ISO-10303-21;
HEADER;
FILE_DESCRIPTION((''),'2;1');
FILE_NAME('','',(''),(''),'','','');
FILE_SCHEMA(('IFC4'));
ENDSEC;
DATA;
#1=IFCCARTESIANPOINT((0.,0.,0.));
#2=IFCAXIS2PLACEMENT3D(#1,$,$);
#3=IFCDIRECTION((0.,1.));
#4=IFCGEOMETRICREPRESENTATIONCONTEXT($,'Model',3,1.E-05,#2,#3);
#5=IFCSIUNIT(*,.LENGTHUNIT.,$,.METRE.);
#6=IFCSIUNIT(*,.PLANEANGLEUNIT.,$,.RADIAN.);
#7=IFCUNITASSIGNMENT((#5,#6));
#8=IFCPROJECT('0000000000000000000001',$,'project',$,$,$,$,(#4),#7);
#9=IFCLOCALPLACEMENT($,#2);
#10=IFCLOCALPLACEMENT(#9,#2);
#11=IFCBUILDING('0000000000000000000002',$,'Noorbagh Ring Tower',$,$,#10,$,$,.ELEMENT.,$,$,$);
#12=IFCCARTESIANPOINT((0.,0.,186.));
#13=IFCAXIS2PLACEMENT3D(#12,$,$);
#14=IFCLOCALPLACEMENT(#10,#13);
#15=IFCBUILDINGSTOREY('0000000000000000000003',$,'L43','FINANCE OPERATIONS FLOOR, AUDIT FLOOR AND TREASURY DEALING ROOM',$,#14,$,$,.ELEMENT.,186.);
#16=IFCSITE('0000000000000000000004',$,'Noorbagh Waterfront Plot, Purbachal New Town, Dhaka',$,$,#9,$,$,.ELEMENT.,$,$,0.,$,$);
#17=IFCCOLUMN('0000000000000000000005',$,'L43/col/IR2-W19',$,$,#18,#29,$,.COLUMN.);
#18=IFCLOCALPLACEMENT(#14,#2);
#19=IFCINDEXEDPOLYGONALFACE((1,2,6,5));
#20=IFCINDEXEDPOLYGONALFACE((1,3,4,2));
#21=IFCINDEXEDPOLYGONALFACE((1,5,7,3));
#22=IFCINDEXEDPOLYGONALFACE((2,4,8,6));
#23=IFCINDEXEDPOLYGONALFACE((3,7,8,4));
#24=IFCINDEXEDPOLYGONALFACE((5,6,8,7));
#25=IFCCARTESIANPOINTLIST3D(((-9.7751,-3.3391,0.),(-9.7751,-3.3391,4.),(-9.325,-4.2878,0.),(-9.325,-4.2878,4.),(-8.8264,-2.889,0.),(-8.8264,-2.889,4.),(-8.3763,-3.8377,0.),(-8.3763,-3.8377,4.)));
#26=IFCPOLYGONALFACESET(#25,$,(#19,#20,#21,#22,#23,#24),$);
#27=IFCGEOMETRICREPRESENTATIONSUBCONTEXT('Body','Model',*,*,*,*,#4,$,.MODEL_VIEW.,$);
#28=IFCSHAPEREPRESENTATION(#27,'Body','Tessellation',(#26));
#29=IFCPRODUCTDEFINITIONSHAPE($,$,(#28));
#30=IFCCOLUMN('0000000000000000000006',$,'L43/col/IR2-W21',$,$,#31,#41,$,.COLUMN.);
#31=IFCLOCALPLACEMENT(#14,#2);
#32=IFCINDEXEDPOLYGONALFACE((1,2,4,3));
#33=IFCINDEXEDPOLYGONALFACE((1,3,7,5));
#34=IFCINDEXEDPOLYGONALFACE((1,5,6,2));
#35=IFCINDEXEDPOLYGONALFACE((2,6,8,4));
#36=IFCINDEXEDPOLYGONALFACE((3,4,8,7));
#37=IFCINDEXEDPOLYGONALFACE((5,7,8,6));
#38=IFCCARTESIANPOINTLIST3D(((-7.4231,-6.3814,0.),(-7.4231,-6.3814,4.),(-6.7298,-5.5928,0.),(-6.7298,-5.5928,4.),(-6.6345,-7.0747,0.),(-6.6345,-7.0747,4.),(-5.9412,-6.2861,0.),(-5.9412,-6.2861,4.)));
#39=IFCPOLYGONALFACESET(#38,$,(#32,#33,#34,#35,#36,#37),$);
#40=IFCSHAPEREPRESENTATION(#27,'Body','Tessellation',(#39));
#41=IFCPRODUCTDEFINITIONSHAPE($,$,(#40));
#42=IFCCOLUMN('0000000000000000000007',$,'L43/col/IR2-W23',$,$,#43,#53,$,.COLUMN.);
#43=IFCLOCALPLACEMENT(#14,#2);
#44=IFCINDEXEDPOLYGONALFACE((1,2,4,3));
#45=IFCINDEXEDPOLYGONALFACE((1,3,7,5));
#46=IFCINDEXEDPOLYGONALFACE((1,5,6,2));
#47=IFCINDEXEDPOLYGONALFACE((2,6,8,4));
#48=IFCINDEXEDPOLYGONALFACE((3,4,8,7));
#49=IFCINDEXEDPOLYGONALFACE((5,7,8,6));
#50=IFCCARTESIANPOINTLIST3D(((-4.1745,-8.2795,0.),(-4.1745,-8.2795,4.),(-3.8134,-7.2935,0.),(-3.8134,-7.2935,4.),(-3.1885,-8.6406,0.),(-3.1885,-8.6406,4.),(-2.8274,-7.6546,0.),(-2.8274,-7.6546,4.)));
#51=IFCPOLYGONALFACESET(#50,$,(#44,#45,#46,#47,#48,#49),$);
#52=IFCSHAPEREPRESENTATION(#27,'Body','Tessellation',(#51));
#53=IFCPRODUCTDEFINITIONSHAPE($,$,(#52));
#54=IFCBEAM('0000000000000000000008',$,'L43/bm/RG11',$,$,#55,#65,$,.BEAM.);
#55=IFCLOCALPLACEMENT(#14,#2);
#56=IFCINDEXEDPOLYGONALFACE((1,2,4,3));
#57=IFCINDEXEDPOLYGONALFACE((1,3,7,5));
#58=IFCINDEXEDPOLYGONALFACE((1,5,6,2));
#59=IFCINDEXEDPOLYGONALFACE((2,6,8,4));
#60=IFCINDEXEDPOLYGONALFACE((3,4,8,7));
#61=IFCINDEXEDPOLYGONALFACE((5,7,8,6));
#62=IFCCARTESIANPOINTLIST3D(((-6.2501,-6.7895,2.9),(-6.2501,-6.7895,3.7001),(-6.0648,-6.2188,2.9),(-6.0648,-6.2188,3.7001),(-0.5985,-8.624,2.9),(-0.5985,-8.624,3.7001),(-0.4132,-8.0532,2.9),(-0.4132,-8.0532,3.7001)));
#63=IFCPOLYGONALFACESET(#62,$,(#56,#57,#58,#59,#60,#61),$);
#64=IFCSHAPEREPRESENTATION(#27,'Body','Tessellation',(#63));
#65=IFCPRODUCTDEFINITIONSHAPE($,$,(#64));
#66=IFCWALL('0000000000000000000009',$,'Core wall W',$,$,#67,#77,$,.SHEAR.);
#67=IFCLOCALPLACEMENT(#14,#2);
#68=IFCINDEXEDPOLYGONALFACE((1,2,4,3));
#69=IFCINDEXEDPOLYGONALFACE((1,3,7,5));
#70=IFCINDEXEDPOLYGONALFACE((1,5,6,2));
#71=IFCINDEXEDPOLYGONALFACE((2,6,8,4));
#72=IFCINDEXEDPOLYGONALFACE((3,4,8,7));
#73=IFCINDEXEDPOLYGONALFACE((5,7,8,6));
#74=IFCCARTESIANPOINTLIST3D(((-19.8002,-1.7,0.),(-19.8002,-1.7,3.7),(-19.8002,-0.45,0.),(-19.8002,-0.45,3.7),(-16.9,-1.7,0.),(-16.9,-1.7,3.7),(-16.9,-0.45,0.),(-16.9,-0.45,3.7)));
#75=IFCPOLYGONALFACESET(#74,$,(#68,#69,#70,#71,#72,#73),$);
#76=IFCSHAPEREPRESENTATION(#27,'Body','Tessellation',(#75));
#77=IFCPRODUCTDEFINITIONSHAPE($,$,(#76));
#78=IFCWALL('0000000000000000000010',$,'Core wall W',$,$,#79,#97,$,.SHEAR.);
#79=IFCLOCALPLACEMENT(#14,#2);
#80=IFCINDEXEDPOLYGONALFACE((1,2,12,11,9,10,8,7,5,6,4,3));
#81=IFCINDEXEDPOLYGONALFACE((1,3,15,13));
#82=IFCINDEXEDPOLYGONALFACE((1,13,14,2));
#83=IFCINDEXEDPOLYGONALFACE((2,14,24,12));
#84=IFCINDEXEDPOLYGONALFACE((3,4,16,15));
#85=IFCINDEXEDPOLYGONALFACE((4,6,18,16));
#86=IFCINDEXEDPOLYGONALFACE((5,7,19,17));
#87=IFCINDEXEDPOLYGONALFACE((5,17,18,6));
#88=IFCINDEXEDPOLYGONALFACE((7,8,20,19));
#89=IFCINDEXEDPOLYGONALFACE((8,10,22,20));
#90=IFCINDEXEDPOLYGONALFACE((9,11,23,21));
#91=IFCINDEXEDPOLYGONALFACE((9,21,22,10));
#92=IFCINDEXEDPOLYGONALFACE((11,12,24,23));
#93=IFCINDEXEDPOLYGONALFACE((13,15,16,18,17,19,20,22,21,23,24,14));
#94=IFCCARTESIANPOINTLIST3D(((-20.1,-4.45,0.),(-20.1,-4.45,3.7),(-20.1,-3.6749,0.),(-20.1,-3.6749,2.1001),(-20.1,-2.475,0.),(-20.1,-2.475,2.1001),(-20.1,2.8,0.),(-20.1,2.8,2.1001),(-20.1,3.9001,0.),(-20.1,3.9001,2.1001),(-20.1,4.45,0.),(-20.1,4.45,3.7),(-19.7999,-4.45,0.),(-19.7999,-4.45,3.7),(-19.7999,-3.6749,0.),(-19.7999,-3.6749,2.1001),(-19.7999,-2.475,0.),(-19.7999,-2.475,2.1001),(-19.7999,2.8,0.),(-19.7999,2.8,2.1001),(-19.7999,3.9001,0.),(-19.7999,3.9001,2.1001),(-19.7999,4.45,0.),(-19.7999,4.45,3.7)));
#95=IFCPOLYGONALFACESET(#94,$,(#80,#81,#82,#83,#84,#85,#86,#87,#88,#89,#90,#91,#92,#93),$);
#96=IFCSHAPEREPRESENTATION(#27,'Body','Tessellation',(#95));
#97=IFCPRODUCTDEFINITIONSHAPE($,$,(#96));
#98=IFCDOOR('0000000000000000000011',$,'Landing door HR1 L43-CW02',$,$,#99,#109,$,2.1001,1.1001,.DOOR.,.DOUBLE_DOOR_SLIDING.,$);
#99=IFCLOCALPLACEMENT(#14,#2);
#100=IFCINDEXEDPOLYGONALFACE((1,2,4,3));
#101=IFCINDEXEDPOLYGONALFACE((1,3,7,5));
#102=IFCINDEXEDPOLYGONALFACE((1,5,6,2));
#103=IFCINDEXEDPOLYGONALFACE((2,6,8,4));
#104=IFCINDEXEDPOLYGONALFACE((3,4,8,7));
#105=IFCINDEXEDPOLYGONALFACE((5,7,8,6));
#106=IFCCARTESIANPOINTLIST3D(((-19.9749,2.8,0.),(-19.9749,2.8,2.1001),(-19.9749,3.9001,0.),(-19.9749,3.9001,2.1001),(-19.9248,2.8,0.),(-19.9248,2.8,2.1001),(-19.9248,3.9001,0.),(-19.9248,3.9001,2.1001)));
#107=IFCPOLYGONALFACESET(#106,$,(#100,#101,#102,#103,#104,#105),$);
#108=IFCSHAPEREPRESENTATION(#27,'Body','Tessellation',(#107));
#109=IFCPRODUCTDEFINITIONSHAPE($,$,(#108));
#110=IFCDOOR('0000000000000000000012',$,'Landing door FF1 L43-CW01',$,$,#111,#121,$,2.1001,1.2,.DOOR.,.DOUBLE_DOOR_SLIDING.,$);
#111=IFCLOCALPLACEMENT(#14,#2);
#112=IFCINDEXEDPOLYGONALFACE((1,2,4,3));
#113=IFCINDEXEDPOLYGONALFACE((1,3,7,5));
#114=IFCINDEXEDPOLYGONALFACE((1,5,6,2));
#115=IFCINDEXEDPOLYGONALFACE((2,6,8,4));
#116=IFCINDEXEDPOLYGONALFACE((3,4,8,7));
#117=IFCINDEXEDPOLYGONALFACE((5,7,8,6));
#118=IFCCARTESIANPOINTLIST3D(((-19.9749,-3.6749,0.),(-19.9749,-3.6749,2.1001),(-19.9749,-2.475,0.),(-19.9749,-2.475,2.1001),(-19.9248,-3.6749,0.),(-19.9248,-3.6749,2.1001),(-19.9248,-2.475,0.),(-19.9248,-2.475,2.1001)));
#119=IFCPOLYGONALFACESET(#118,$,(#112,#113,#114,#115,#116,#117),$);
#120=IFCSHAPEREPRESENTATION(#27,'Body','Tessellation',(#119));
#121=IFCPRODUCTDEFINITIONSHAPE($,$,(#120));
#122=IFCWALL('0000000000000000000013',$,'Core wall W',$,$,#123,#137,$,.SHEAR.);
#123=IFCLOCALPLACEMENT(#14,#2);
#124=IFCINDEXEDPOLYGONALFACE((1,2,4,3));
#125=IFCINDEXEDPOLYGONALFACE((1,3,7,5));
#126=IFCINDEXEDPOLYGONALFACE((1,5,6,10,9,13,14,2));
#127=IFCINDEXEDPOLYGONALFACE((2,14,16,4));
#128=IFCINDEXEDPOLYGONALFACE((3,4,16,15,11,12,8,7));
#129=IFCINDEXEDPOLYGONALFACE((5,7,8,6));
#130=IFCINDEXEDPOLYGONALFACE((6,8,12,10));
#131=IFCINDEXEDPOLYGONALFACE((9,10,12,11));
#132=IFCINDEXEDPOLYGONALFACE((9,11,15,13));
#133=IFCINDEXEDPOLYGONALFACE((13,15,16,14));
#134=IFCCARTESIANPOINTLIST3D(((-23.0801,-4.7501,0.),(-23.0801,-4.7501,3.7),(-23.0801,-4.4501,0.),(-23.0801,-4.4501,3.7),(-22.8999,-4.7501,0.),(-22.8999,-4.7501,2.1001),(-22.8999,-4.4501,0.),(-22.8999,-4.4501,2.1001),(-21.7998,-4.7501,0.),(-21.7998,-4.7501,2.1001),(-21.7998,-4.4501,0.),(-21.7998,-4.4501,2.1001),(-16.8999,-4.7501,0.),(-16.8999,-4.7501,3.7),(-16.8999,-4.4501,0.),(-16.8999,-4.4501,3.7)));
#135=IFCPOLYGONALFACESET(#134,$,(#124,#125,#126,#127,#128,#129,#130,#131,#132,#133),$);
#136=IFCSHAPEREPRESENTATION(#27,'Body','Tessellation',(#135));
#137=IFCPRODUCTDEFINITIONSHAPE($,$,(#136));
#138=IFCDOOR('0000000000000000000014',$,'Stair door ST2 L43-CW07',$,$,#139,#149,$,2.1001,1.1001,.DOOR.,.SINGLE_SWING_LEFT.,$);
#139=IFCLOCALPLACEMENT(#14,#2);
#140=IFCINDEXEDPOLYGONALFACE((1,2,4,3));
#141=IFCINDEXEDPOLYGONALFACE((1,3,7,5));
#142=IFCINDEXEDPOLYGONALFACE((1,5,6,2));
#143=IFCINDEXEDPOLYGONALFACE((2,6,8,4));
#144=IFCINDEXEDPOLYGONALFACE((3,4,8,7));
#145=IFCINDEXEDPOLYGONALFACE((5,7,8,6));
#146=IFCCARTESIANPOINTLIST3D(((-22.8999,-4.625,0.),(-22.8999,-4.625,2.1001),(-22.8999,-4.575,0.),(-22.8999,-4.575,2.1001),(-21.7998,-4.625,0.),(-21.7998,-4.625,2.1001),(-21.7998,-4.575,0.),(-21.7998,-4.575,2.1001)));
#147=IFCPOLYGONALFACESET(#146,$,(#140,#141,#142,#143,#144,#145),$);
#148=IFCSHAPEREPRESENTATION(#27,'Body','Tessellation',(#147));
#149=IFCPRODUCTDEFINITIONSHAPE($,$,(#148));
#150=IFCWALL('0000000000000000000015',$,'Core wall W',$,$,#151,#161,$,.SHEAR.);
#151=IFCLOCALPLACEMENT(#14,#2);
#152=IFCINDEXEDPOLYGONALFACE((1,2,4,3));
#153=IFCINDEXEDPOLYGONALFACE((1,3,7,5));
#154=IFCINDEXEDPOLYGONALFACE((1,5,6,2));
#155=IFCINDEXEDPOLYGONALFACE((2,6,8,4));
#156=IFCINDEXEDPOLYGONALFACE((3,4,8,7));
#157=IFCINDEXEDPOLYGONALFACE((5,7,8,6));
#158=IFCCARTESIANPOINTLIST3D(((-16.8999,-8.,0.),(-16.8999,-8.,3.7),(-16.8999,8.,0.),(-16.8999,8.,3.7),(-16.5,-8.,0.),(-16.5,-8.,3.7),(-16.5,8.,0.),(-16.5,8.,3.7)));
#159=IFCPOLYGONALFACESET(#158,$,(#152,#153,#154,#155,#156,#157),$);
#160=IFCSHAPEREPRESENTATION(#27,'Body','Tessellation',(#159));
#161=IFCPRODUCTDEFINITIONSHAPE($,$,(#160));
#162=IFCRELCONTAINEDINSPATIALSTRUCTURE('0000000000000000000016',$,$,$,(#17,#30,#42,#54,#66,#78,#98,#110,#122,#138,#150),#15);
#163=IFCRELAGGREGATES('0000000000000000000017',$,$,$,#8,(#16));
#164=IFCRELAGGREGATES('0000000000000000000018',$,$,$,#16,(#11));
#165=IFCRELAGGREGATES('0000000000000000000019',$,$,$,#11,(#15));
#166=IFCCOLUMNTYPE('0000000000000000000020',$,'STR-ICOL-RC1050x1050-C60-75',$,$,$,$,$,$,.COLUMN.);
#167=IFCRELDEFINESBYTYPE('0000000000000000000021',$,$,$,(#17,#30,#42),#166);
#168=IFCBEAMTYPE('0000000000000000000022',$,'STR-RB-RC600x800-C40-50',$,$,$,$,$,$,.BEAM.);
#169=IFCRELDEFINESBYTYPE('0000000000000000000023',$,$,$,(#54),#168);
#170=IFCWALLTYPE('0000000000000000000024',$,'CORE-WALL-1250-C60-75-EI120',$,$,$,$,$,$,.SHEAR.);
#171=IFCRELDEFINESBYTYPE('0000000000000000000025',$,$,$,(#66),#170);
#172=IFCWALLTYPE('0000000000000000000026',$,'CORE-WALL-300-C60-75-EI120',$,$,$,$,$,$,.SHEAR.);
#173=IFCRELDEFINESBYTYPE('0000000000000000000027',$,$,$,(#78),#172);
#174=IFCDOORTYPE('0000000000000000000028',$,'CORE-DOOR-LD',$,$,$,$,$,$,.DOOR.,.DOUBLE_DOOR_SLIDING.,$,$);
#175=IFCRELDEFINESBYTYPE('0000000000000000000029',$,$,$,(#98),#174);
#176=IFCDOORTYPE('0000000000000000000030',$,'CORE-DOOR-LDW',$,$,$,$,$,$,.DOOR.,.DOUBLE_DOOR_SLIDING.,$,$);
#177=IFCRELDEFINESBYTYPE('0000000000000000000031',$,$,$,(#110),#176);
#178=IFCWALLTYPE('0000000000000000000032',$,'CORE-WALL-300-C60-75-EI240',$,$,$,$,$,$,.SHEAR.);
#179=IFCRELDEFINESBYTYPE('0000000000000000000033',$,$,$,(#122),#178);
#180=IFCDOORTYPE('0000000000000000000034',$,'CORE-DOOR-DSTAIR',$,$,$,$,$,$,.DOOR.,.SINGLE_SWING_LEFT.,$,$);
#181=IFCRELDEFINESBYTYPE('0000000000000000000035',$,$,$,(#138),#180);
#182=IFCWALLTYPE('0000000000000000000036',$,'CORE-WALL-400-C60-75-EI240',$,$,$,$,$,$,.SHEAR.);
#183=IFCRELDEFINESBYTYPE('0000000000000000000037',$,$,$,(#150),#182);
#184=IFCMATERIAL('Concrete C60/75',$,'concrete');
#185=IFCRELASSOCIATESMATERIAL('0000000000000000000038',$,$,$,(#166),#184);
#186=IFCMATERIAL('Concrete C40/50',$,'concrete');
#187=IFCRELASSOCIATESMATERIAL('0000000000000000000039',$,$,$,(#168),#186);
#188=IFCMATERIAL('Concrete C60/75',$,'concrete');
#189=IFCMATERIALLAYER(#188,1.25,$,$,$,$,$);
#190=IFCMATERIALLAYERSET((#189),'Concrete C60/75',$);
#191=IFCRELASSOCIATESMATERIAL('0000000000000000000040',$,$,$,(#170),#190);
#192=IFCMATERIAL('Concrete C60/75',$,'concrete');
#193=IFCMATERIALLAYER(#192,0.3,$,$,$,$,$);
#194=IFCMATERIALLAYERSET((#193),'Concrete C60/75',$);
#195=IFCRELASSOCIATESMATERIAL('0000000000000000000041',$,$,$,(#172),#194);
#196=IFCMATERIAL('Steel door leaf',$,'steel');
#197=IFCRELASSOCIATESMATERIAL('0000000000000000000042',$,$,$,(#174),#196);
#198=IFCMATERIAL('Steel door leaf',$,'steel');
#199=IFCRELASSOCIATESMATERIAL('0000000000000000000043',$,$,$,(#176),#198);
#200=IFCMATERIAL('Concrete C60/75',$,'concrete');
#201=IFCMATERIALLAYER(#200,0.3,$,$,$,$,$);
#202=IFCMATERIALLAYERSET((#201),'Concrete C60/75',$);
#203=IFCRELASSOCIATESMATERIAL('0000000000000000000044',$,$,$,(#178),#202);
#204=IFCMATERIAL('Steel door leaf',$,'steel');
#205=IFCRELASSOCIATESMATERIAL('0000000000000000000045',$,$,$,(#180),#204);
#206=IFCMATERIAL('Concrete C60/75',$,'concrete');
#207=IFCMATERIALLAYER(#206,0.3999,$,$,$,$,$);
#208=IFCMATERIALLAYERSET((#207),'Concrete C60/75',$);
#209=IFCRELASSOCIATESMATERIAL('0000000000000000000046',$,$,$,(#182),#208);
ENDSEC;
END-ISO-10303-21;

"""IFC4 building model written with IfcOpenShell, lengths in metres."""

from ifc_helpers import new_model, si_unit, direction, frame, frame_2d, origin, origin_2d, place, context, subcontext, project, spatial, rectangle, extrude, material, layer, layer_set, material_profile, profile_set, type_object, element, fill, save


model = new_model("IFC4")

# Units and contexts
model_context = context("Model", 3, precision=1e-05, world=origin(), true_north=direction((0.0, 1.0)))
body_context = subcontext(model_context, "Body", "Model", "MODEL_VIEW")
ifc_project = project(units=[si_unit("LENGTHUNIT", "METRE"), si_unit("PLANEANGLEUNIT", "RADIAN")], contexts=[model_context])

# Site, building, storey
site_placement = place(None, origin())
site = spatial("IfcSite", under=ifc_project, at=site_placement, Name="Noorbagh Waterfront Plot, Purbachal New Town, Dhaka", CompositionType="ELEMENT", RefElevation=0.0)
building_placement = place(site_placement, origin())
building = spatial("IfcBuilding", under=site, at=building_placement, Name="Noorbagh Ring Tower", CompositionType="ELEMENT")
storey_placement = place(building_placement, frame((0.0, 0.0, 186.0)))
storey = spatial("IfcBuildingStorey", under=building, at=storey_placement, Name="L43", Description="FINANCE OPERATIONS FLOOR, AUDIT FLOOR AND TREASURY DEALING ROOM", CompositionType="ELEMENT", Elevation=186.0)

# Columns
ifc_material_1 = material(Name="Concrete C60/75", Category="concrete")
ifc_material_profile_1 = material_profile(ifc_material_1, rectangle(XDim=1.05, YDim=1.05, at=origin_2d()), Name="RC1050x1050")
ifc_profile_set_1 = profile_set([ifc_material_profile_1], Name="Concrete C60/75")
column_type = type_object("IfcColumnType", Name="STR-ICOL-RC1050x1050-C60-75", PredefinedType="COLUMN", material=ifc_profile_set_1)
for number, where, z_axis, x_axis, name in (
    (1, (-9.0757, -3.5884, 0.0), (0.0, 0.0, 1.0), (0.428667, -0.903463, 0.0), "L43/col/IR2-W19"),
    (2, (-6.6821, -6.3337, 0.0), (0.0, 0.0, 1.0), (0.751022, -0.660277, 0.0), "L43/col/IR2-W21"),
    (3, (-3.501, -7.967, 0.0), (0.0, 0.0, 1.0), (0.93902, -0.343864, 0.0), "L43/col/IR2-W23"),
):
    element("IfcColumn", number, at=place(storey_placement, frame(where, z_axis=z_axis, x_axis=x_axis)), inside=storey, type_object=column_type, Name=name, PredefinedType="COLUMN", context=body_context, shape_type="SweptSolid", body=[
        extrude(rectangle(XDim=1.05, YDim=1.05, at=origin_2d()), origin(), (0.0, 0.0, 1.0), 4.0),
    ])

# Beam
ifc_material_2 = material(Name="Concrete C40/50", Category="concrete")
ifc_material_profile_2 = material_profile(ifc_material_2, rectangle(XDim=0.6001, YDim=0.8, at=origin_2d()), Name="RC600x800")
ifc_profile_set_2 = profile_set([ifc_material_profile_2], Name="Concrete C40/50")
beam_type = type_object("IfcBeamType", Name="STR-RB-RC600x800-C40-50", PredefinedType="BEAM", material=ifc_profile_set_2)
beam_placement = place(storey_placement, frame((-6.1575, -6.5042, 3.3), z_axis=(0.951148, -0.308736, 0.0), x_axis=(0.308736, 0.951148, 0.0)))
element("IfcBeam", 4, at=beam_placement, inside=storey, type_object=beam_type, Name="L43/bm/RG11", PredefinedType="BEAM", context=body_context, shape_type="SweptSolid", body=[
    extrude(rectangle(XDim=0.6001, YDim=0.8, at=origin_2d()), origin(), (0.0, 0.0, 1.0), 5.9419),
])

# Wall
ifc_material_3 = material(Name="Concrete C60/75", Category="concrete")
ifc_layer_1 = layer(ifc_material_3, 1.25)
ifc_layer_set_1 = layer_set([ifc_layer_1], Name="Concrete C60/75")
wall_type_1 = type_object("IfcWallType", Name="CORE-WALL-1250-C60-75-EI120", PredefinedType="SHEAR", material=ifc_layer_set_1)
wall_1_placement = place(storey_placement, frame((-16.8999, -1.075, 0.0), z_axis=(0.0, 0.0, 1.0), x_axis=(-1.0, 0.0, 0.0)))
element("IfcWall", 5, at=wall_1_placement, inside=storey, type_object=wall_type_1, Name="Core wall W", PredefinedType="SHEAR", context=body_context, shape_type="SweptSolid", body=[
    extrude(rectangle(XDim=2.9001, YDim=1.25, at=frame_2d((1.4502, 0.0))), origin(), (0.0, 0.0, 1.0), 3.7),
])

# Wall, openings, doors
ifc_material_4 = material(Name="Concrete C60/75", Category="concrete")
ifc_layer_2 = layer(ifc_material_4, 0.3)
ifc_layer_set_2 = layer_set([ifc_layer_2], Name="Concrete C60/75")
wall_type_2 = type_object("IfcWallType", Name="CORE-WALL-300-C60-75-EI120", PredefinedType="SHEAR", material=ifc_layer_set_2)
wall_2_placement = place(storey_placement, frame((-19.95, -4.45, 0.0), z_axis=(0.0, 0.0, 1.0), x_axis=(0.0, 1.0, 0.0)))
wall_2 = element("IfcWall", 6, at=wall_2_placement, inside=storey, type_object=wall_type_2, Name="Core wall W", PredefinedType="SHEAR", context=body_context, shape_type="SweptSolid", body=[
    extrude(rectangle(XDim=8.8999, YDim=0.3, at=frame_2d((4.45, 0.0))), origin(), (0.0, 0.0, 1.0), 3.7),
])
opening_1_placement = place(wall_2_placement, frame((0.7749, 0.0, 0.0)))
opening_1 = element("IfcOpeningElement", 7, at=opening_1_placement, cuts=wall_2, PredefinedType="OPENING", context=body_context, shape_type="SweptSolid", body=[
    extrude(rectangle(XDim=1.2, YDim=2.1001, at=frame_2d((0.6001, 1.05))), frame((0.0, 0.1602, 0.0), z_axis=(0.0, -1.0, 0.0), x_axis=(1.0, 0.0, 0.0)), (0.0, 0.0, 1.0), 0.3201),
])
opening_2_placement = place(wall_2_placement, frame((7.25, 0.0, 0.0)))
opening_2 = element("IfcOpeningElement", 8, at=opening_2_placement, cuts=wall_2, PredefinedType="OPENING", context=body_context, shape_type="SweptSolid", body=[
    extrude(rectangle(XDim=1.1001, YDim=2.1001, at=frame_2d((0.55, 1.05))), frame((0.0, 0.1602, 0.0), z_axis=(0.0, -1.0, 0.0), x_axis=(1.0, 0.0, 0.0)), (0.0, 0.0, 1.0), 0.3201),
])
ifc_material_5 = material(Name="Steel door leaf", Category="steel")
door_type_1 = type_object("IfcDoorType", Name="CORE-DOOR-LD", OperationType="DOUBLE_DOOR_SLIDING", PredefinedType="DOOR", material=ifc_material_5)
door_1_placement = place(opening_2_placement, origin())
door_1 = element("IfcDoor", 9, at=door_1_placement, inside=storey, type_object=door_type_1, Name="Landing door HR1 L43-CW02", OperationType="DOUBLE_DOOR_SLIDING", OverallHeight=2.1001, OverallWidth=1.1001, PredefinedType="DOOR", context=body_context, shape_type="SweptSolid", body=[
    extrude(rectangle(XDim=1.1001, YDim=2.1001, at=frame_2d((0.55, 1.05))), frame((0.0, 0.0249, 0.0), z_axis=(0.0, -1.0, 0.0), x_axis=(1.0, 0.0, 0.0)), (0.0, 0.0, 1.0), 0.05),
])
fill(opening_2, door_1)
ifc_material_6 = material(Name="Steel door leaf", Category="steel")
door_type_2 = type_object("IfcDoorType", Name="CORE-DOOR-LDW", OperationType="DOUBLE_DOOR_SLIDING", PredefinedType="DOOR", material=ifc_material_6)
door_2_placement = place(opening_1_placement, origin())
door_2 = element("IfcDoor", 10, at=door_2_placement, inside=storey, type_object=door_type_2, Name="Landing door FF1 L43-CW01", OperationType="DOUBLE_DOOR_SLIDING", OverallHeight=2.1001, OverallWidth=1.2, PredefinedType="DOOR", context=body_context, shape_type="SweptSolid", body=[
    extrude(rectangle(XDim=1.2, YDim=2.1001, at=frame_2d((0.6001, 1.05))), frame((0.0, 0.0249, 0.0), z_axis=(0.0, -1.0, 0.0), x_axis=(1.0, 0.0, 0.0)), (0.0, 0.0, 1.0), 0.05),
])
fill(opening_1, door_2)

# Wall, opening, door
ifc_material_7 = material(Name="Concrete C60/75", Category="concrete")
ifc_layer_3 = layer(ifc_material_7, 0.3)
ifc_layer_set_3 = layer_set([ifc_layer_3], Name="Concrete C60/75")
wall_type_3 = type_object("IfcWallType", Name="CORE-WALL-300-C60-75-EI240", PredefinedType="SHEAR", material=ifc_layer_set_3)
wall_3_placement = place(storey_placement, frame((-16.8999, -4.6001, 0.0), z_axis=(0.0, 0.0, 1.0), x_axis=(-1.0, 0.0, 0.0)))
wall_3 = element("IfcWall", 11, at=wall_3_placement, inside=storey, type_object=wall_type_3, Name="Core wall W", PredefinedType="SHEAR", context=body_context, shape_type="SweptSolid", body=[
    extrude(rectangle(XDim=6.1802, YDim=0.3, at=frame_2d((3.0901, 0.0))), origin(), (0.0, 0.0, 1.0), 3.7),
])
opening_3_placement = place(wall_3_placement, frame((4.8999, 0.0, 0.0)))
opening_3 = element("IfcOpeningElement", 12, at=opening_3_placement, cuts=wall_3, PredefinedType="OPENING", context=body_context, shape_type="SweptSolid", body=[
    extrude(rectangle(XDim=1.1001, YDim=2.1001, at=frame_2d((0.55, 1.05))), frame((0.0, 0.1602, 0.0), z_axis=(0.0, -1.0, 0.0), x_axis=(1.0, 0.0, 0.0)), (0.0, 0.0, 1.0), 0.3201),
])
ifc_material_8 = material(Name="Steel door leaf", Category="steel")
door_type_3 = type_object("IfcDoorType", Name="CORE-DOOR-DSTAIR", OperationType="SINGLE_SWING_LEFT", PredefinedType="DOOR", material=ifc_material_8)
door_3_placement = place(opening_3_placement, origin())
door_3 = element("IfcDoor", 13, at=door_3_placement, inside=storey, type_object=door_type_3, Name="Stair door ST2 L43-CW07", OperationType="SINGLE_SWING_LEFT", OverallHeight=2.1001, OverallWidth=1.1001, PredefinedType="DOOR", context=body_context, shape_type="SweptSolid", body=[
    extrude(rectangle(XDim=1.1001, YDim=2.1001, at=frame_2d((0.55, 1.05))), frame((0.0, 0.0249, 0.0), z_axis=(0.0, -1.0, 0.0), x_axis=(1.0, 0.0, 0.0)), (0.0, 0.0, 1.0), 0.05),
])
fill(opening_3, door_3)

# Wall
ifc_material_9 = material(Name="Concrete C60/75", Category="concrete")
ifc_layer_4 = layer(ifc_material_9, 0.3999)
ifc_layer_set_4 = layer_set([ifc_layer_4], Name="Concrete C60/75")
wall_type_4 = type_object("IfcWallType", Name="CORE-WALL-400-C60-75-EI240", PredefinedType="SHEAR", material=ifc_layer_set_4)
wall_4_placement = place(storey_placement, frame((-16.7, -8.0, 0.0), z_axis=(0.0, 0.0, 1.0), x_axis=(0.0, 1.0, 0.0)))
element("IfcWall", 14, at=wall_4_placement, inside=storey, type_object=wall_type_4, Name="Core wall W", PredefinedType="SHEAR", context=body_context, shape_type="SweptSolid", body=[
    extrude(rectangle(XDim=16.0, YDim=0.3999, at=frame_2d((8.0, 0.0))), origin(), (0.0, 0.0, 1.0), 3.7),
])

save(model, "model.ifc")
